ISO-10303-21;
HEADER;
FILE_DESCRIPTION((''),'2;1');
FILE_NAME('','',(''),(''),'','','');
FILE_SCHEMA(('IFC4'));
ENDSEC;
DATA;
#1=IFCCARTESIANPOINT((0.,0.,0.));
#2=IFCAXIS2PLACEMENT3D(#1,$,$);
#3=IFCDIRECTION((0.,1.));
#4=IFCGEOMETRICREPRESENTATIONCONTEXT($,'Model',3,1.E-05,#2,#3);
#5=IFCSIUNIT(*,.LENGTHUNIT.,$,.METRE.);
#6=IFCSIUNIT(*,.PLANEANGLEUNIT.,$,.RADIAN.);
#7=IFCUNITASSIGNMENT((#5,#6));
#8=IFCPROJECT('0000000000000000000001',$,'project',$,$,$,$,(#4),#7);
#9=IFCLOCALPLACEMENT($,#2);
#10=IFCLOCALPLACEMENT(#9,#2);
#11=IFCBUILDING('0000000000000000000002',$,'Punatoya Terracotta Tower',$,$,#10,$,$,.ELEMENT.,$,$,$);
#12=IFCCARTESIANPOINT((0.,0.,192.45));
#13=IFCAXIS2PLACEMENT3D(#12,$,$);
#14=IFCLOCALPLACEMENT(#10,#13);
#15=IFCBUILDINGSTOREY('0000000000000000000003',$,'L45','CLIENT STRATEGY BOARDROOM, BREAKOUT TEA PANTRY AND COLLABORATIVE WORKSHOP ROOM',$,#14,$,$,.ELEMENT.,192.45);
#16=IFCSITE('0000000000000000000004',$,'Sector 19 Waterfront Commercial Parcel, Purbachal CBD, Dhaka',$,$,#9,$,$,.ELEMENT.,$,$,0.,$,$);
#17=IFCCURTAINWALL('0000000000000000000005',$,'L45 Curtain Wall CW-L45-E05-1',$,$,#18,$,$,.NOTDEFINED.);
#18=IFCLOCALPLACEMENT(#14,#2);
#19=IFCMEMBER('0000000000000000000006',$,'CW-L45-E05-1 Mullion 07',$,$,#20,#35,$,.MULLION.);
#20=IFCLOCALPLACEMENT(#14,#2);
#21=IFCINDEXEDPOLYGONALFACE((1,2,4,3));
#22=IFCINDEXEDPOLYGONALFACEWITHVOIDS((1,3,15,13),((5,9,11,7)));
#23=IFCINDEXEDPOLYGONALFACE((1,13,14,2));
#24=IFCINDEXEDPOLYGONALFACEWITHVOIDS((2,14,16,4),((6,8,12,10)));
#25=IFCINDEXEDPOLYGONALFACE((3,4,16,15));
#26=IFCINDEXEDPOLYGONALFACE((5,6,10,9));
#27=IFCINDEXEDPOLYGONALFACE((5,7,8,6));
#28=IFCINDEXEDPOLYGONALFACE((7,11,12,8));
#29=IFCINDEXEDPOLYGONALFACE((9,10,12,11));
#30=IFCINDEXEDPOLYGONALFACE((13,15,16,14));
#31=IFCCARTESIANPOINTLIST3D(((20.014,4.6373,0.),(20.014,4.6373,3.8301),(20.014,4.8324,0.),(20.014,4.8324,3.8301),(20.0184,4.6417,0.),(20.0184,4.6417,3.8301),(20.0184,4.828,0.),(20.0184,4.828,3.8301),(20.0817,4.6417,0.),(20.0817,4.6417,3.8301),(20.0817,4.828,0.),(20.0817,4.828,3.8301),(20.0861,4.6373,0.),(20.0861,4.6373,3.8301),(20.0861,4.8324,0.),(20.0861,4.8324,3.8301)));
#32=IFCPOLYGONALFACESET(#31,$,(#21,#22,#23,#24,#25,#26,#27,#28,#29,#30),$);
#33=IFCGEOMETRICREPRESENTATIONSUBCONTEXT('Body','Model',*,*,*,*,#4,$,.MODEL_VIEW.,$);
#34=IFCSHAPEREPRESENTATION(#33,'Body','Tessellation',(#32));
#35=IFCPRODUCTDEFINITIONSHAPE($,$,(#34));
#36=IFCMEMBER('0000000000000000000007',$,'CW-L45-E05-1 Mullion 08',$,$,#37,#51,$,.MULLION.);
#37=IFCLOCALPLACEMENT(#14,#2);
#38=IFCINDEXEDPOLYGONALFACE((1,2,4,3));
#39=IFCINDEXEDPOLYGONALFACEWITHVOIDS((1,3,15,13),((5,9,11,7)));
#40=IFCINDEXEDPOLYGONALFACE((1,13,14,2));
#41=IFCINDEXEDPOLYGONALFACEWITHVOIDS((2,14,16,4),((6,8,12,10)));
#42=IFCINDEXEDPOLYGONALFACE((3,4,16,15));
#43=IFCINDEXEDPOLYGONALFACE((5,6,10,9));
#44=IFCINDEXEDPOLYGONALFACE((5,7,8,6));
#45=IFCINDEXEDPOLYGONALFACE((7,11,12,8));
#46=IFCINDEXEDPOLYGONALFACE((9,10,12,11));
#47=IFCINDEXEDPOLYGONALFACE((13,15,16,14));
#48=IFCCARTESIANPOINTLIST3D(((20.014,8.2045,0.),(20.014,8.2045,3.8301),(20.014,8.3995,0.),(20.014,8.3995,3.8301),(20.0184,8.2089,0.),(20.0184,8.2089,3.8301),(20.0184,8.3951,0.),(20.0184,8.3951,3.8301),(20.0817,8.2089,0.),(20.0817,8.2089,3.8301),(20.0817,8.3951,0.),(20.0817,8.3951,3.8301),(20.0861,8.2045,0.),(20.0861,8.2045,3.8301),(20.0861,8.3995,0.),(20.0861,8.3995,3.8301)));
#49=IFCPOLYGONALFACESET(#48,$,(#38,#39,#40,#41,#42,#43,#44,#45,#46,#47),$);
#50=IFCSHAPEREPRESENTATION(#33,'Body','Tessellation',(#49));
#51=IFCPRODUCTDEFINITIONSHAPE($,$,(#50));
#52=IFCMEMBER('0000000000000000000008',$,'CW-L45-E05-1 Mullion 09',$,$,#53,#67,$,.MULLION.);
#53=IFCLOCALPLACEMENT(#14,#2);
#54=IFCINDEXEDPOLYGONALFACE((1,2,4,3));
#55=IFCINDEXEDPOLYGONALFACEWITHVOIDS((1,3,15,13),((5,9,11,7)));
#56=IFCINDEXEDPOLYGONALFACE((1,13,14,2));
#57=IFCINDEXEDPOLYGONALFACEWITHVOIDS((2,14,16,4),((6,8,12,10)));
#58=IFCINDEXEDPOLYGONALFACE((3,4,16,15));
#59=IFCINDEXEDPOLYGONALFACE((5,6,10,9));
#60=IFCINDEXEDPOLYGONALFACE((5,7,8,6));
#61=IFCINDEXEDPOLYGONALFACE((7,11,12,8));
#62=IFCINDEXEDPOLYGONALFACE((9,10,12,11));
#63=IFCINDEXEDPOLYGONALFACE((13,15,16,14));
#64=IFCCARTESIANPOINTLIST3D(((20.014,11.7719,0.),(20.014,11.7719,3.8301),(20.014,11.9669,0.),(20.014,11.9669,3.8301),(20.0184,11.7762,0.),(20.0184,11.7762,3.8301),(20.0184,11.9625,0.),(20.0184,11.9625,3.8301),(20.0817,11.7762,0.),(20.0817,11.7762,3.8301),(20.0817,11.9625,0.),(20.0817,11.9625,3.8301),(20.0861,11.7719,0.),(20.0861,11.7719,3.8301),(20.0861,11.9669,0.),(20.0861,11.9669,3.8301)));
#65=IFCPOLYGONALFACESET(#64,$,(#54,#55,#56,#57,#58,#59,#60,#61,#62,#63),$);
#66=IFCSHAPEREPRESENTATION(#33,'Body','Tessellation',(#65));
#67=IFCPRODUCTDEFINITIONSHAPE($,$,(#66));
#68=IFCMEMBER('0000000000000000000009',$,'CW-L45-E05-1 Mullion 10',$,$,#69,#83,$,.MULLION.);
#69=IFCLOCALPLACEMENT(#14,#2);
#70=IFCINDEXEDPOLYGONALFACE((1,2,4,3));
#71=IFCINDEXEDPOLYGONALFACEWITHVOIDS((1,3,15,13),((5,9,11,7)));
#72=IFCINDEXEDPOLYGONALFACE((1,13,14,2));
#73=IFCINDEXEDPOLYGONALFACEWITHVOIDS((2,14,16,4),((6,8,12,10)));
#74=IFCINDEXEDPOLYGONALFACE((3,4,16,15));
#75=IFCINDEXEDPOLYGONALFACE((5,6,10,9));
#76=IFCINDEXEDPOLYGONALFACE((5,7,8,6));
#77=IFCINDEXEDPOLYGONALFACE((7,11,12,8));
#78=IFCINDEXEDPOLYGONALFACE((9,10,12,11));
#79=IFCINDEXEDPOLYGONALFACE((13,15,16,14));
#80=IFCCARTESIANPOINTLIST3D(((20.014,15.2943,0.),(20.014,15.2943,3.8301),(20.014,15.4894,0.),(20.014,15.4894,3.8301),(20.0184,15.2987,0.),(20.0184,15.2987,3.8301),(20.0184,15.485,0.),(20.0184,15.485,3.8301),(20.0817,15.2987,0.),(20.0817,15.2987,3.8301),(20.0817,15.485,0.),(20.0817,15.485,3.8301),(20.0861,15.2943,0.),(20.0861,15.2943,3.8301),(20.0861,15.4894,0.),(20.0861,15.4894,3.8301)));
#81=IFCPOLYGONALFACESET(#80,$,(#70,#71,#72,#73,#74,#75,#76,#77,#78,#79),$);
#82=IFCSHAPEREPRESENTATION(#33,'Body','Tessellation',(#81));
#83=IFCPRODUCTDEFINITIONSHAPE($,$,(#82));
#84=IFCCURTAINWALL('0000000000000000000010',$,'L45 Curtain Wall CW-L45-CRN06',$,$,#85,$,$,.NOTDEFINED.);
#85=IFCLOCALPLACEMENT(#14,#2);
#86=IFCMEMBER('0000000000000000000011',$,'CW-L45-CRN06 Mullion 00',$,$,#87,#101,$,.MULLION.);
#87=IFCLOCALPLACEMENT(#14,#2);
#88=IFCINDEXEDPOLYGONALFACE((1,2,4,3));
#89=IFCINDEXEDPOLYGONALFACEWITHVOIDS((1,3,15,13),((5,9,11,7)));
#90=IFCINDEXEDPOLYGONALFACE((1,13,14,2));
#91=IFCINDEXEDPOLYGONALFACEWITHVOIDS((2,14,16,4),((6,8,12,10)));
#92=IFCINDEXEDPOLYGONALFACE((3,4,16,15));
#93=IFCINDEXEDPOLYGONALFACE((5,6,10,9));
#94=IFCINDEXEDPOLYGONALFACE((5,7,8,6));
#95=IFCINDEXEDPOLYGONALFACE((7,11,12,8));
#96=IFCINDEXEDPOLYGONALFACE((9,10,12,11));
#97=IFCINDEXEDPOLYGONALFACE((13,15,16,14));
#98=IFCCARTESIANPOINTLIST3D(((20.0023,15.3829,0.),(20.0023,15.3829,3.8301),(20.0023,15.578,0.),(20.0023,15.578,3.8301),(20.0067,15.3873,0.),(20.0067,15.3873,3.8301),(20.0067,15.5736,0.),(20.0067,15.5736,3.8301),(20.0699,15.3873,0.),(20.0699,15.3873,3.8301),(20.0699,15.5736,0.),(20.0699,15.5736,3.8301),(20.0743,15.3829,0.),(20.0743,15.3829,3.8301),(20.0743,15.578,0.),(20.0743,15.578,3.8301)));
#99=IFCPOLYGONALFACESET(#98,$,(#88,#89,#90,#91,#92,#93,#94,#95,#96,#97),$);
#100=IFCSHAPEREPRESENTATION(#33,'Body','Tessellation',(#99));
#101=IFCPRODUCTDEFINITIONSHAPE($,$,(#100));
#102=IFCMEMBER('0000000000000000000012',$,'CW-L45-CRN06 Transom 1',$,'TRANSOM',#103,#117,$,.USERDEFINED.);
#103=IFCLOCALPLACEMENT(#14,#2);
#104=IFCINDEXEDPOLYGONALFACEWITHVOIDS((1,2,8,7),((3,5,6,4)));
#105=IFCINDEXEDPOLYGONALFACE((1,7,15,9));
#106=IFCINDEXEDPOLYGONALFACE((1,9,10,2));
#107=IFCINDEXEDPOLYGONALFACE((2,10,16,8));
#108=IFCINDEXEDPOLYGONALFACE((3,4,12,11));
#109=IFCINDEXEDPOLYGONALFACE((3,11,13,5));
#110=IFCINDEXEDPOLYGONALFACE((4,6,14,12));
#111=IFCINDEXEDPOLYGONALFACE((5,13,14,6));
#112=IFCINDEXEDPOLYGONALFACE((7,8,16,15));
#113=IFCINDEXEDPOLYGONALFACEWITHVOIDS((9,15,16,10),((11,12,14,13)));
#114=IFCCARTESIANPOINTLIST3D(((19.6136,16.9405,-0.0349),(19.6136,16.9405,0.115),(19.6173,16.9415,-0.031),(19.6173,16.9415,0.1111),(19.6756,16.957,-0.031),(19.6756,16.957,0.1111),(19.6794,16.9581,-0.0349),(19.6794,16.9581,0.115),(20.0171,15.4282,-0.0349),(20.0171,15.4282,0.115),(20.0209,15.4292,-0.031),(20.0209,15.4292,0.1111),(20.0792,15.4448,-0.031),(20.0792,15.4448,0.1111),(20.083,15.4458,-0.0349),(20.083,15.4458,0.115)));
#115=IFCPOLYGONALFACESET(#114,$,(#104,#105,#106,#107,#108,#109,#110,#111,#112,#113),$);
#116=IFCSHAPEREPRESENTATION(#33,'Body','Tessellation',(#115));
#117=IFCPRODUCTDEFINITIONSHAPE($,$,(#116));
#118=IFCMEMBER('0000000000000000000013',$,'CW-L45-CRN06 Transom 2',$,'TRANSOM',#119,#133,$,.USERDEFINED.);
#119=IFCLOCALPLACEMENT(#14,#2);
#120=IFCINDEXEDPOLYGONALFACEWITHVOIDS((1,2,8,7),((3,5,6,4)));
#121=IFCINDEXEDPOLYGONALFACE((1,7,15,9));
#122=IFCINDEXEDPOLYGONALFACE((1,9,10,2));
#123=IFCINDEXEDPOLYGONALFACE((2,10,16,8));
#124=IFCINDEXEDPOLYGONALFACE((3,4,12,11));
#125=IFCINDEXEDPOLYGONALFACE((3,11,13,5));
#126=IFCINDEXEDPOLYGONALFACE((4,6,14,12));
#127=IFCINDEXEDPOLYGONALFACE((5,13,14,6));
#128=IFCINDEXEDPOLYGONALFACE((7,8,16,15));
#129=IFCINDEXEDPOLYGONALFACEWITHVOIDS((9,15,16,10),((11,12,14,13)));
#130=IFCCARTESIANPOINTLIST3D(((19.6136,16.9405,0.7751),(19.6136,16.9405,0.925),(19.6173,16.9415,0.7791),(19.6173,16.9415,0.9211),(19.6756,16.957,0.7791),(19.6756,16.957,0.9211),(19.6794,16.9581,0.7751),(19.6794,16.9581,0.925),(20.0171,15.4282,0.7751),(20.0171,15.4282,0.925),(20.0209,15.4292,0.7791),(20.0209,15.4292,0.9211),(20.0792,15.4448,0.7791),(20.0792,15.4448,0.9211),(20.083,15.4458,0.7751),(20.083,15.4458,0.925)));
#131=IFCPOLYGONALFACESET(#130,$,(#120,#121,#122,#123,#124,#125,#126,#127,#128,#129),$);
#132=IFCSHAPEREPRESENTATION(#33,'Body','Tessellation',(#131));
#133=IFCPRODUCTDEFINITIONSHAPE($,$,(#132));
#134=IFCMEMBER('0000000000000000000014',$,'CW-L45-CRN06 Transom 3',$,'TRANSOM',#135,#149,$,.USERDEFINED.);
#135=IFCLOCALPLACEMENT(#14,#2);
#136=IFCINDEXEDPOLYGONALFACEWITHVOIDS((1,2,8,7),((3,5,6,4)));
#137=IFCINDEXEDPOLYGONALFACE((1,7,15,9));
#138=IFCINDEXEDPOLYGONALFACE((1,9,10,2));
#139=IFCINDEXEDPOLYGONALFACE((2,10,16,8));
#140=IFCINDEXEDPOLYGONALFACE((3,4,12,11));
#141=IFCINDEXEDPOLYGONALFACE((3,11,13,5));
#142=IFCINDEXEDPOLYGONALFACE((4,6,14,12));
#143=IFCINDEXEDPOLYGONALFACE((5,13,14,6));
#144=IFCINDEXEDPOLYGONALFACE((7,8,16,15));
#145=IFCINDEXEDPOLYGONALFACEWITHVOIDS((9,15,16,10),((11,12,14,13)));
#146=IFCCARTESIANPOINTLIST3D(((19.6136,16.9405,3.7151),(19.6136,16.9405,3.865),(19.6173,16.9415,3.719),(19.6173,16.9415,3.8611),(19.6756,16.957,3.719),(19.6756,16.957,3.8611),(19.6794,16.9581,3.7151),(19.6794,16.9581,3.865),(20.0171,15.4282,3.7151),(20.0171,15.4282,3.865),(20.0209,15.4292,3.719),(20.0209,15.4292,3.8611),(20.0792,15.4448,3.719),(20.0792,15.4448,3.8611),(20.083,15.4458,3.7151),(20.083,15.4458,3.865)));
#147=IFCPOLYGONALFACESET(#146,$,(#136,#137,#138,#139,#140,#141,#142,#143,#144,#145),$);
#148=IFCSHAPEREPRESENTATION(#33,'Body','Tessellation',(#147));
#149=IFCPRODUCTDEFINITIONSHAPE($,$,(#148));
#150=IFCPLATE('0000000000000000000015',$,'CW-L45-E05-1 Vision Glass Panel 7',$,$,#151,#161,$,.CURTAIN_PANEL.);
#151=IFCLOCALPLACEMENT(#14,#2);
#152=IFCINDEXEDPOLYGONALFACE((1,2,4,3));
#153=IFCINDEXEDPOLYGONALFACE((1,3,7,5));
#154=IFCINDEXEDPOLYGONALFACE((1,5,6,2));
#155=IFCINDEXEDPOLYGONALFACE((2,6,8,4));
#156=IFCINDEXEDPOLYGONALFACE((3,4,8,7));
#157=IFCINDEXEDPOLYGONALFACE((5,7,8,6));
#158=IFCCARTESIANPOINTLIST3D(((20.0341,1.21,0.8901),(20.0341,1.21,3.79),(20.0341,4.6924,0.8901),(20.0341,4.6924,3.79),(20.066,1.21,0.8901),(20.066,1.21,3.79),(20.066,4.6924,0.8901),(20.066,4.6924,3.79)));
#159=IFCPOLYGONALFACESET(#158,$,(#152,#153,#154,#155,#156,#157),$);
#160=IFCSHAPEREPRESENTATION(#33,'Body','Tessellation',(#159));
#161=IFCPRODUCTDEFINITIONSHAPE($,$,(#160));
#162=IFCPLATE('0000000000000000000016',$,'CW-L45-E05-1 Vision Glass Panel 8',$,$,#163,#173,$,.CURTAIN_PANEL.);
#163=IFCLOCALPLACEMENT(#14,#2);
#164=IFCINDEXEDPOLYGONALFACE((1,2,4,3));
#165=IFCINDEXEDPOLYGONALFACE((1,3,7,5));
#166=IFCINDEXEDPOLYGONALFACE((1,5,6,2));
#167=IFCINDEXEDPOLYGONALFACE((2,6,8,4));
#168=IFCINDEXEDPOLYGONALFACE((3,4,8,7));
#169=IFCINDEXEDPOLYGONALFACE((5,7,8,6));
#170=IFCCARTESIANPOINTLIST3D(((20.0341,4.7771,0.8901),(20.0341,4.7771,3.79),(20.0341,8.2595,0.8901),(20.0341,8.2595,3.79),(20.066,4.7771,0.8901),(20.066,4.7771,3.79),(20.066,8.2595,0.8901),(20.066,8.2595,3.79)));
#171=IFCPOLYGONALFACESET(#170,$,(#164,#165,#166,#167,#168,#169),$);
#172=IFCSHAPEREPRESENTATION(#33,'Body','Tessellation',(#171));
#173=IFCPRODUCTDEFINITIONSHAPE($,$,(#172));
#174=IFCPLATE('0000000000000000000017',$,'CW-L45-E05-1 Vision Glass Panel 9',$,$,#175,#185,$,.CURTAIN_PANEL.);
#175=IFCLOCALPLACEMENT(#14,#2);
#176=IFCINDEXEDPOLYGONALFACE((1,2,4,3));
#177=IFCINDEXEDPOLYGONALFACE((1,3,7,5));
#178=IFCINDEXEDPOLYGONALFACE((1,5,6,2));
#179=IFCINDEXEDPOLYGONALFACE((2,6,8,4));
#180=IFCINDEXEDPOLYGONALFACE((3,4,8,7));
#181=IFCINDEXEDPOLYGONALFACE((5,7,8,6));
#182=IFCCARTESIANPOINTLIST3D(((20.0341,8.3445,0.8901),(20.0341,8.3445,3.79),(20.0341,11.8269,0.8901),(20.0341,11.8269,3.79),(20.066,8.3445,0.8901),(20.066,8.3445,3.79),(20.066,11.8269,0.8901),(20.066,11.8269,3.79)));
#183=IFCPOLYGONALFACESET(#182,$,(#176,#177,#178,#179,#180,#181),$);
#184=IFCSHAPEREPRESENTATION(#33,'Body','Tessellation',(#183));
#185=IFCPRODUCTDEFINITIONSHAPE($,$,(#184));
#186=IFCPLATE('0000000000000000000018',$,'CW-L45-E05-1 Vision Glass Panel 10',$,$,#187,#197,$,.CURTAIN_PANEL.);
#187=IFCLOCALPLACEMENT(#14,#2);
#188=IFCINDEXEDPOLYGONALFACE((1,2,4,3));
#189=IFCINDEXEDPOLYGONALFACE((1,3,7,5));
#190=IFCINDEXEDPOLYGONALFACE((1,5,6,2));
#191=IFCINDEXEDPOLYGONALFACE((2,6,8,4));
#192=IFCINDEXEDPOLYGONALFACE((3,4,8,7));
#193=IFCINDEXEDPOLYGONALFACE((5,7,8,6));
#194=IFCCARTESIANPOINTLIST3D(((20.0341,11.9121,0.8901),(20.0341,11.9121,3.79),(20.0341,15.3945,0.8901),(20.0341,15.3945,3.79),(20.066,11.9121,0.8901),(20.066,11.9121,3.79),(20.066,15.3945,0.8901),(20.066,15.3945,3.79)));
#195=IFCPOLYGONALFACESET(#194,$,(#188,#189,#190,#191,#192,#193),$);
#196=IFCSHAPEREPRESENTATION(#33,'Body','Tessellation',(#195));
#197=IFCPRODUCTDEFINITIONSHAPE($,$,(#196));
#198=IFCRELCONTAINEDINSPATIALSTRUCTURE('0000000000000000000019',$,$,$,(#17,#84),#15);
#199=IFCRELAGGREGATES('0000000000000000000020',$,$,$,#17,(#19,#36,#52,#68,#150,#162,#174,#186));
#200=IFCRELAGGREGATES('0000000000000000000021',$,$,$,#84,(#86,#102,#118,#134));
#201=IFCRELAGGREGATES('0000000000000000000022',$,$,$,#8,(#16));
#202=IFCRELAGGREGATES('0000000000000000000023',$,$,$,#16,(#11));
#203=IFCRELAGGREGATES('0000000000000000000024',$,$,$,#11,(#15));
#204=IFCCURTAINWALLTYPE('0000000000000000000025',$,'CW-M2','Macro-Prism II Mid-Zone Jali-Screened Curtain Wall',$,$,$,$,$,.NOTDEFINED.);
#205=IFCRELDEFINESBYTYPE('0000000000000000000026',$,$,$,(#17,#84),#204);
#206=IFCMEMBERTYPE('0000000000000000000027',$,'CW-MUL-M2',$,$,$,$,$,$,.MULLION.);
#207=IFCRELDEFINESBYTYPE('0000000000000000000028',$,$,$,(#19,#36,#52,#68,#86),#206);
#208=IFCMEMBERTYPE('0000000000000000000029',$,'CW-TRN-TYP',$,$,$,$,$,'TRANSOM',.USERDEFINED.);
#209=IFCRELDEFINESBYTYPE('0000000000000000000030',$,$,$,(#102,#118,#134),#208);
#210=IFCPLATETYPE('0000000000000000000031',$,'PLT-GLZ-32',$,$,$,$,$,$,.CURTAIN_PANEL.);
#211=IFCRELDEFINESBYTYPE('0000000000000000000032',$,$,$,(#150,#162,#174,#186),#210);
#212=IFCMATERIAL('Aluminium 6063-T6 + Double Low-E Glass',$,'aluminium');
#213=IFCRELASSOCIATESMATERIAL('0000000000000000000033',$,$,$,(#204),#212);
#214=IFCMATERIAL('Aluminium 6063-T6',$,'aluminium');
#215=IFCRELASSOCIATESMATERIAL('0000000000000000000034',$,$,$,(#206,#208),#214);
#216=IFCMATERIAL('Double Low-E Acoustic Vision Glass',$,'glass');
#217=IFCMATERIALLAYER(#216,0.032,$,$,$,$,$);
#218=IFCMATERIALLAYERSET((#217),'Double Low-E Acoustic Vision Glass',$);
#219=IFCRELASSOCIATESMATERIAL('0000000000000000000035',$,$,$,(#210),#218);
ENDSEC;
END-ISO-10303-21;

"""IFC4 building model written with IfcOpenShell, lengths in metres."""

from ifc_helpers import new_model, si_unit, direction, frame, origin, origin_2d, place, context, subcontext, project, spatial, rectangle, hollow_rectangle, extrude, material, layer, layer_set, material_profile, profile_set, type_object, element, aggregate, save


model = new_model("IFC4")

# Units and contexts
model_context = context("Model", 3, precision=1e-05, world=origin(), true_north=direction((0.0, 1.0)))
body_context = subcontext(model_context, "Body", "Model", "MODEL_VIEW")
ifc_project = project(units=[si_unit("LENGTHUNIT", "METRE"), si_unit("PLANEANGLEUNIT", "RADIAN")], contexts=[model_context])

# Site, building, storey
site_placement = place(None, origin())
site = spatial("IfcSite", under=ifc_project, at=site_placement, Name="Sector 19 Waterfront Commercial Parcel, Purbachal CBD, Dhaka", CompositionType="ELEMENT", RefElevation=0.0)
building_placement = place(site_placement, origin())
building = spatial("IfcBuilding", under=site, at=building_placement, Name="Punatoya Terracotta Tower", CompositionType="ELEMENT")
storey_placement = place(building_placement, frame((0.0, 0.0, 192.45)))
storey = spatial("IfcBuildingStorey", under=building, at=storey_placement, Name="L45", Description="CLIENT STRATEGY BOARDROOM, BREAKOUT TEA PANTRY AND COLLABORATIVE WORKSHOP ROOM", CompositionType="ELEMENT", Elevation=192.45)

# Curtain walls, members
ifc_material_1 = material(Name="Aluminium 6063-T6 + Double Low-E Glass", Category="aluminium")
curtain_wall_type = type_object("IfcCurtainWallType", Name="CW-M2", Description="Macro-Prism II Mid-Zone Jali-Screened Curtain Wall", PredefinedType="NOTDEFINED", material=ifc_material_1)
curtain_wall_1_placement = place(storey_placement, origin())
curtain_wall_1 = element("IfcCurtainWall", 1, at=curtain_wall_1_placement, inside=storey, type_object=curtain_wall_type, Name="L45 Curtain Wall CW-L45-E05-1", PredefinedType="NOTDEFINED")
ifc_material_2 = material(Name="Aluminium 6063-T6", Category="aluminium")
ifc_material_profile_1 = material_profile(ifc_material_2, hollow_rectangle(XDim=0.072, YDim=0.1951, WallThickness=0.0044, at=origin_2d()))
ifc_profile_set_1 = profile_set([ifc_material_profile_1], Name="Aluminium 6063-T6")
member_type_1 = type_object("IfcMemberType", Name="CW-MUL-M2", PredefinedType="MULLION", material=ifc_profile_set_1)
member_1_placement = place(storey_placement, frame((20.05, 4.7349, 0.0), z_axis=(0.0, 0.0, 1.0), x_axis=(1.0, 0.0, 0.0)))
member_1 = element("IfcMember", 2, at=member_1_placement, type_object=member_type_1, Name="CW-L45-E05-1 Mullion 07", PredefinedType="MULLION", context=body_context, shape_type="SweptSolid", body=[
    extrude(hollow_rectangle(XDim=0.072, YDim=0.1951, WallThickness=0.0044, at=origin_2d()), origin(), (0.0, 0.0, 1.0), 3.8301),
])
member_2_placement = place(storey_placement, frame((20.05, 8.302, 0.0), z_axis=(0.0, 0.0, 1.0), x_axis=(1.0, 0.0, 0.0)))
member_2 = element("IfcMember", 3, at=member_2_placement, type_object=member_type_1, Name="CW-L45-E05-1 Mullion 08", PredefinedType="MULLION", context=body_context, shape_type="SweptSolid", body=[
    extrude(hollow_rectangle(XDim=0.072, YDim=0.1951, WallThickness=0.0044, at=origin_2d()), origin(), (0.0, 0.0, 1.0), 3.8301),
])
member_3_placement = place(storey_placement, frame((20.05, 11.8694, 0.0), z_axis=(0.0, 0.0, 1.0), x_axis=(1.0, 0.0, 0.0)))
member_3 = element("IfcMember", 4, at=member_3_placement, type_object=member_type_1, Name="CW-L45-E05-1 Mullion 09", PredefinedType="MULLION", context=body_context, shape_type="SweptSolid", body=[
    extrude(hollow_rectangle(XDim=0.072, YDim=0.1951, WallThickness=0.0044, at=origin_2d()), origin(), (0.0, 0.0, 1.0), 3.8301),
])
member_4_placement = place(storey_placement, frame((20.05, 15.3918, 0.0), z_axis=(0.0, 0.0, 1.0), x_axis=(1.0, 0.0, 0.0)))
member_4 = element("IfcMember", 5, at=member_4_placement, type_object=member_type_1, Name="CW-L45-E05-1 Mullion 10", PredefinedType="MULLION", context=body_context, shape_type="SweptSolid", body=[
    extrude(hollow_rectangle(XDim=0.072, YDim=0.1951, WallThickness=0.0044, at=origin_2d()), origin(), (0.0, 0.0, 1.0), 3.8301),
])
curtain_wall_2_placement = place(storey_placement, origin())
curtain_wall_2 = element("IfcCurtainWall", 6, at=curtain_wall_2_placement, inside=storey, type_object=curtain_wall_type, Name="L45 Curtain Wall CW-L45-CRN06", PredefinedType="NOTDEFINED")
member_5_placement = place(storey_placement, frame((20.0383, 15.4805, 0.0), z_axis=(0.0, 0.0, 1.0), x_axis=(1.0, 0.0, 0.0)))
member_5 = element("IfcMember", 7, at=member_5_placement, type_object=member_type_1, Name="CW-L45-CRN06 Mullion 00", PredefinedType="MULLION", context=body_context, shape_type="SweptSolid", body=[
    extrude(hollow_rectangle(XDim=0.072, YDim=0.1951, WallThickness=0.0044, at=origin_2d()), origin(), (0.0, 0.0, 1.0), 3.8301),
])
ifc_material_profile_2 = material_profile(ifc_material_2, hollow_rectangle(XDim=0.0681, YDim=0.1499, WallThickness=0.0039, at=origin_2d()))
ifc_profile_set_2 = profile_set([ifc_material_profile_2], Name="Aluminium 6063-T6")
member_type_2 = type_object("IfcMemberType", Name="CW-TRN-TYP", ElementType="TRANSOM", PredefinedType="USERDEFINED", material=ifc_profile_set_2)
member_6_placement = place(storey_placement, frame((20.05, 15.437, 0.04), z_axis=(-0.257847, 0.966186, 0.0), x_axis=(-0.966186, -0.257847, 0.0)))
member_6 = element("IfcMember", 8, at=member_6_placement, type_object=member_type_2, Name="CW-L45-CRN06 Transom 1", ObjectType="TRANSOM", PredefinedType="USERDEFINED", context=body_context, shape_type="SweptSolid", body=[
    extrude(hollow_rectangle(XDim=0.0681, YDim=0.1499, WallThickness=0.0039, at=origin_2d()), origin(), (0.0, 0.0, 1.0), 1.5652),
])
member_7_placement = place(storey_placement, frame((20.05, 15.437, 0.8501), z_axis=(-0.257847, 0.966186, 0.0), x_axis=(-0.966186, -0.257847, 0.0)))
member_7 = element("IfcMember", 9, at=member_7_placement, type_object=member_type_2, Name="CW-L45-CRN06 Transom 2", ObjectType="TRANSOM", PredefinedType="USERDEFINED", context=body_context, shape_type="SweptSolid", body=[
    extrude(hollow_rectangle(XDim=0.0681, YDim=0.1499, WallThickness=0.0039, at=origin_2d()), origin(), (0.0, 0.0, 1.0), 1.5652),
])
member_8_placement = place(storey_placement, frame((20.05, 15.437, 3.79), z_axis=(-0.257847, 0.966186, 0.0), x_axis=(-0.966186, -0.257847, 0.0)))
member_8 = element("IfcMember", 10, at=member_8_placement, type_object=member_type_2, Name="CW-L45-CRN06 Transom 3", ObjectType="TRANSOM", PredefinedType="USERDEFINED", context=body_context, shape_type="SweptSolid", body=[
    extrude(hollow_rectangle(XDim=0.0681, YDim=0.1499, WallThickness=0.0039, at=origin_2d()), origin(), (0.0, 0.0, 1.0), 1.5652),
])

# Plates
ifc_material_3 = material(Name="Double Low-E Acoustic Vision Glass", Category="glass")
ifc_layer_1 = layer(ifc_material_3, 0.032)
ifc_layer_set_1 = layer_set([ifc_layer_1], Name="Double Low-E Acoustic Vision Glass")
plate_type_1 = type_object("IfcPlateType", Name="PLT-GLZ-32", PredefinedType="CURTAIN_PANEL", material=ifc_layer_set_1)
plate_1_placement = place(storey_placement, frame((20.05, 2.9512, 0.8901), z_axis=(0.0, 0.0, 1.0), x_axis=(0.0, 1.0, 0.0)))
plate_1 = element("IfcPlate", 11, at=plate_1_placement, type_object=plate_type_1, Name="CW-L45-E05-1 Vision Glass Panel 7", PredefinedType="CURTAIN_PANEL", context=body_context, shape_type="SweptSolid", body=[
    extrude(rectangle(XDim=3.4824, YDim=0.032, at=origin_2d()), origin(), (0.0, 0.0, 1.0), 2.8999),
])
plate_2_placement = place(storey_placement, frame((20.05, 6.5183, 0.8901), z_axis=(0.0, 0.0, 1.0), x_axis=(0.0, 1.0, 0.0)))
plate_2 = element("IfcPlate", 12, at=plate_2_placement, type_object=plate_type_1, Name="CW-L45-E05-1 Vision Glass Panel 8", PredefinedType="CURTAIN_PANEL", context=body_context, shape_type="SweptSolid", body=[
    extrude(rectangle(XDim=3.4824, YDim=0.032, at=origin_2d()), origin(), (0.0, 0.0, 1.0), 2.8999),
])
plate_3_placement = place(storey_placement, frame((20.05, 10.0857, 0.8901), z_axis=(0.0, 0.0, 1.0), x_axis=(0.0, 1.0, 0.0)))
plate_3 = element("IfcPlate", 13, at=plate_3_placement, type_object=plate_type_1, Name="CW-L45-E05-1 Vision Glass Panel 9", PredefinedType="CURTAIN_PANEL", context=body_context, shape_type="SweptSolid", body=[
    extrude(rectangle(XDim=3.4824, YDim=0.032, at=origin_2d()), origin(), (0.0, 0.0, 1.0), 2.8999),
])
plate_4_placement = place(storey_placement, frame((20.05, 13.6533, 0.8901), z_axis=(0.0, 0.0, 1.0), x_axis=(0.0, 1.0, 0.0)))
plate_4 = element("IfcPlate", 14, at=plate_4_placement, type_object=plate_type_1, Name="CW-L45-E05-1 Vision Glass Panel 10", PredefinedType="CURTAIN_PANEL", context=body_context, shape_type="SweptSolid", body=[
    extrude(rectangle(XDim=3.4824, YDim=0.032, at=origin_2d()), origin(), (0.0, 0.0, 1.0), 2.8999),
])
aggregate(curtain_wall_1, [member_1, member_2, member_3, member_4, plate_1, plate_2, plate_3, plate_4])
aggregate(curtain_wall_2, [member_5, member_6, member_7, member_8])

save(model, "model.ifc")
